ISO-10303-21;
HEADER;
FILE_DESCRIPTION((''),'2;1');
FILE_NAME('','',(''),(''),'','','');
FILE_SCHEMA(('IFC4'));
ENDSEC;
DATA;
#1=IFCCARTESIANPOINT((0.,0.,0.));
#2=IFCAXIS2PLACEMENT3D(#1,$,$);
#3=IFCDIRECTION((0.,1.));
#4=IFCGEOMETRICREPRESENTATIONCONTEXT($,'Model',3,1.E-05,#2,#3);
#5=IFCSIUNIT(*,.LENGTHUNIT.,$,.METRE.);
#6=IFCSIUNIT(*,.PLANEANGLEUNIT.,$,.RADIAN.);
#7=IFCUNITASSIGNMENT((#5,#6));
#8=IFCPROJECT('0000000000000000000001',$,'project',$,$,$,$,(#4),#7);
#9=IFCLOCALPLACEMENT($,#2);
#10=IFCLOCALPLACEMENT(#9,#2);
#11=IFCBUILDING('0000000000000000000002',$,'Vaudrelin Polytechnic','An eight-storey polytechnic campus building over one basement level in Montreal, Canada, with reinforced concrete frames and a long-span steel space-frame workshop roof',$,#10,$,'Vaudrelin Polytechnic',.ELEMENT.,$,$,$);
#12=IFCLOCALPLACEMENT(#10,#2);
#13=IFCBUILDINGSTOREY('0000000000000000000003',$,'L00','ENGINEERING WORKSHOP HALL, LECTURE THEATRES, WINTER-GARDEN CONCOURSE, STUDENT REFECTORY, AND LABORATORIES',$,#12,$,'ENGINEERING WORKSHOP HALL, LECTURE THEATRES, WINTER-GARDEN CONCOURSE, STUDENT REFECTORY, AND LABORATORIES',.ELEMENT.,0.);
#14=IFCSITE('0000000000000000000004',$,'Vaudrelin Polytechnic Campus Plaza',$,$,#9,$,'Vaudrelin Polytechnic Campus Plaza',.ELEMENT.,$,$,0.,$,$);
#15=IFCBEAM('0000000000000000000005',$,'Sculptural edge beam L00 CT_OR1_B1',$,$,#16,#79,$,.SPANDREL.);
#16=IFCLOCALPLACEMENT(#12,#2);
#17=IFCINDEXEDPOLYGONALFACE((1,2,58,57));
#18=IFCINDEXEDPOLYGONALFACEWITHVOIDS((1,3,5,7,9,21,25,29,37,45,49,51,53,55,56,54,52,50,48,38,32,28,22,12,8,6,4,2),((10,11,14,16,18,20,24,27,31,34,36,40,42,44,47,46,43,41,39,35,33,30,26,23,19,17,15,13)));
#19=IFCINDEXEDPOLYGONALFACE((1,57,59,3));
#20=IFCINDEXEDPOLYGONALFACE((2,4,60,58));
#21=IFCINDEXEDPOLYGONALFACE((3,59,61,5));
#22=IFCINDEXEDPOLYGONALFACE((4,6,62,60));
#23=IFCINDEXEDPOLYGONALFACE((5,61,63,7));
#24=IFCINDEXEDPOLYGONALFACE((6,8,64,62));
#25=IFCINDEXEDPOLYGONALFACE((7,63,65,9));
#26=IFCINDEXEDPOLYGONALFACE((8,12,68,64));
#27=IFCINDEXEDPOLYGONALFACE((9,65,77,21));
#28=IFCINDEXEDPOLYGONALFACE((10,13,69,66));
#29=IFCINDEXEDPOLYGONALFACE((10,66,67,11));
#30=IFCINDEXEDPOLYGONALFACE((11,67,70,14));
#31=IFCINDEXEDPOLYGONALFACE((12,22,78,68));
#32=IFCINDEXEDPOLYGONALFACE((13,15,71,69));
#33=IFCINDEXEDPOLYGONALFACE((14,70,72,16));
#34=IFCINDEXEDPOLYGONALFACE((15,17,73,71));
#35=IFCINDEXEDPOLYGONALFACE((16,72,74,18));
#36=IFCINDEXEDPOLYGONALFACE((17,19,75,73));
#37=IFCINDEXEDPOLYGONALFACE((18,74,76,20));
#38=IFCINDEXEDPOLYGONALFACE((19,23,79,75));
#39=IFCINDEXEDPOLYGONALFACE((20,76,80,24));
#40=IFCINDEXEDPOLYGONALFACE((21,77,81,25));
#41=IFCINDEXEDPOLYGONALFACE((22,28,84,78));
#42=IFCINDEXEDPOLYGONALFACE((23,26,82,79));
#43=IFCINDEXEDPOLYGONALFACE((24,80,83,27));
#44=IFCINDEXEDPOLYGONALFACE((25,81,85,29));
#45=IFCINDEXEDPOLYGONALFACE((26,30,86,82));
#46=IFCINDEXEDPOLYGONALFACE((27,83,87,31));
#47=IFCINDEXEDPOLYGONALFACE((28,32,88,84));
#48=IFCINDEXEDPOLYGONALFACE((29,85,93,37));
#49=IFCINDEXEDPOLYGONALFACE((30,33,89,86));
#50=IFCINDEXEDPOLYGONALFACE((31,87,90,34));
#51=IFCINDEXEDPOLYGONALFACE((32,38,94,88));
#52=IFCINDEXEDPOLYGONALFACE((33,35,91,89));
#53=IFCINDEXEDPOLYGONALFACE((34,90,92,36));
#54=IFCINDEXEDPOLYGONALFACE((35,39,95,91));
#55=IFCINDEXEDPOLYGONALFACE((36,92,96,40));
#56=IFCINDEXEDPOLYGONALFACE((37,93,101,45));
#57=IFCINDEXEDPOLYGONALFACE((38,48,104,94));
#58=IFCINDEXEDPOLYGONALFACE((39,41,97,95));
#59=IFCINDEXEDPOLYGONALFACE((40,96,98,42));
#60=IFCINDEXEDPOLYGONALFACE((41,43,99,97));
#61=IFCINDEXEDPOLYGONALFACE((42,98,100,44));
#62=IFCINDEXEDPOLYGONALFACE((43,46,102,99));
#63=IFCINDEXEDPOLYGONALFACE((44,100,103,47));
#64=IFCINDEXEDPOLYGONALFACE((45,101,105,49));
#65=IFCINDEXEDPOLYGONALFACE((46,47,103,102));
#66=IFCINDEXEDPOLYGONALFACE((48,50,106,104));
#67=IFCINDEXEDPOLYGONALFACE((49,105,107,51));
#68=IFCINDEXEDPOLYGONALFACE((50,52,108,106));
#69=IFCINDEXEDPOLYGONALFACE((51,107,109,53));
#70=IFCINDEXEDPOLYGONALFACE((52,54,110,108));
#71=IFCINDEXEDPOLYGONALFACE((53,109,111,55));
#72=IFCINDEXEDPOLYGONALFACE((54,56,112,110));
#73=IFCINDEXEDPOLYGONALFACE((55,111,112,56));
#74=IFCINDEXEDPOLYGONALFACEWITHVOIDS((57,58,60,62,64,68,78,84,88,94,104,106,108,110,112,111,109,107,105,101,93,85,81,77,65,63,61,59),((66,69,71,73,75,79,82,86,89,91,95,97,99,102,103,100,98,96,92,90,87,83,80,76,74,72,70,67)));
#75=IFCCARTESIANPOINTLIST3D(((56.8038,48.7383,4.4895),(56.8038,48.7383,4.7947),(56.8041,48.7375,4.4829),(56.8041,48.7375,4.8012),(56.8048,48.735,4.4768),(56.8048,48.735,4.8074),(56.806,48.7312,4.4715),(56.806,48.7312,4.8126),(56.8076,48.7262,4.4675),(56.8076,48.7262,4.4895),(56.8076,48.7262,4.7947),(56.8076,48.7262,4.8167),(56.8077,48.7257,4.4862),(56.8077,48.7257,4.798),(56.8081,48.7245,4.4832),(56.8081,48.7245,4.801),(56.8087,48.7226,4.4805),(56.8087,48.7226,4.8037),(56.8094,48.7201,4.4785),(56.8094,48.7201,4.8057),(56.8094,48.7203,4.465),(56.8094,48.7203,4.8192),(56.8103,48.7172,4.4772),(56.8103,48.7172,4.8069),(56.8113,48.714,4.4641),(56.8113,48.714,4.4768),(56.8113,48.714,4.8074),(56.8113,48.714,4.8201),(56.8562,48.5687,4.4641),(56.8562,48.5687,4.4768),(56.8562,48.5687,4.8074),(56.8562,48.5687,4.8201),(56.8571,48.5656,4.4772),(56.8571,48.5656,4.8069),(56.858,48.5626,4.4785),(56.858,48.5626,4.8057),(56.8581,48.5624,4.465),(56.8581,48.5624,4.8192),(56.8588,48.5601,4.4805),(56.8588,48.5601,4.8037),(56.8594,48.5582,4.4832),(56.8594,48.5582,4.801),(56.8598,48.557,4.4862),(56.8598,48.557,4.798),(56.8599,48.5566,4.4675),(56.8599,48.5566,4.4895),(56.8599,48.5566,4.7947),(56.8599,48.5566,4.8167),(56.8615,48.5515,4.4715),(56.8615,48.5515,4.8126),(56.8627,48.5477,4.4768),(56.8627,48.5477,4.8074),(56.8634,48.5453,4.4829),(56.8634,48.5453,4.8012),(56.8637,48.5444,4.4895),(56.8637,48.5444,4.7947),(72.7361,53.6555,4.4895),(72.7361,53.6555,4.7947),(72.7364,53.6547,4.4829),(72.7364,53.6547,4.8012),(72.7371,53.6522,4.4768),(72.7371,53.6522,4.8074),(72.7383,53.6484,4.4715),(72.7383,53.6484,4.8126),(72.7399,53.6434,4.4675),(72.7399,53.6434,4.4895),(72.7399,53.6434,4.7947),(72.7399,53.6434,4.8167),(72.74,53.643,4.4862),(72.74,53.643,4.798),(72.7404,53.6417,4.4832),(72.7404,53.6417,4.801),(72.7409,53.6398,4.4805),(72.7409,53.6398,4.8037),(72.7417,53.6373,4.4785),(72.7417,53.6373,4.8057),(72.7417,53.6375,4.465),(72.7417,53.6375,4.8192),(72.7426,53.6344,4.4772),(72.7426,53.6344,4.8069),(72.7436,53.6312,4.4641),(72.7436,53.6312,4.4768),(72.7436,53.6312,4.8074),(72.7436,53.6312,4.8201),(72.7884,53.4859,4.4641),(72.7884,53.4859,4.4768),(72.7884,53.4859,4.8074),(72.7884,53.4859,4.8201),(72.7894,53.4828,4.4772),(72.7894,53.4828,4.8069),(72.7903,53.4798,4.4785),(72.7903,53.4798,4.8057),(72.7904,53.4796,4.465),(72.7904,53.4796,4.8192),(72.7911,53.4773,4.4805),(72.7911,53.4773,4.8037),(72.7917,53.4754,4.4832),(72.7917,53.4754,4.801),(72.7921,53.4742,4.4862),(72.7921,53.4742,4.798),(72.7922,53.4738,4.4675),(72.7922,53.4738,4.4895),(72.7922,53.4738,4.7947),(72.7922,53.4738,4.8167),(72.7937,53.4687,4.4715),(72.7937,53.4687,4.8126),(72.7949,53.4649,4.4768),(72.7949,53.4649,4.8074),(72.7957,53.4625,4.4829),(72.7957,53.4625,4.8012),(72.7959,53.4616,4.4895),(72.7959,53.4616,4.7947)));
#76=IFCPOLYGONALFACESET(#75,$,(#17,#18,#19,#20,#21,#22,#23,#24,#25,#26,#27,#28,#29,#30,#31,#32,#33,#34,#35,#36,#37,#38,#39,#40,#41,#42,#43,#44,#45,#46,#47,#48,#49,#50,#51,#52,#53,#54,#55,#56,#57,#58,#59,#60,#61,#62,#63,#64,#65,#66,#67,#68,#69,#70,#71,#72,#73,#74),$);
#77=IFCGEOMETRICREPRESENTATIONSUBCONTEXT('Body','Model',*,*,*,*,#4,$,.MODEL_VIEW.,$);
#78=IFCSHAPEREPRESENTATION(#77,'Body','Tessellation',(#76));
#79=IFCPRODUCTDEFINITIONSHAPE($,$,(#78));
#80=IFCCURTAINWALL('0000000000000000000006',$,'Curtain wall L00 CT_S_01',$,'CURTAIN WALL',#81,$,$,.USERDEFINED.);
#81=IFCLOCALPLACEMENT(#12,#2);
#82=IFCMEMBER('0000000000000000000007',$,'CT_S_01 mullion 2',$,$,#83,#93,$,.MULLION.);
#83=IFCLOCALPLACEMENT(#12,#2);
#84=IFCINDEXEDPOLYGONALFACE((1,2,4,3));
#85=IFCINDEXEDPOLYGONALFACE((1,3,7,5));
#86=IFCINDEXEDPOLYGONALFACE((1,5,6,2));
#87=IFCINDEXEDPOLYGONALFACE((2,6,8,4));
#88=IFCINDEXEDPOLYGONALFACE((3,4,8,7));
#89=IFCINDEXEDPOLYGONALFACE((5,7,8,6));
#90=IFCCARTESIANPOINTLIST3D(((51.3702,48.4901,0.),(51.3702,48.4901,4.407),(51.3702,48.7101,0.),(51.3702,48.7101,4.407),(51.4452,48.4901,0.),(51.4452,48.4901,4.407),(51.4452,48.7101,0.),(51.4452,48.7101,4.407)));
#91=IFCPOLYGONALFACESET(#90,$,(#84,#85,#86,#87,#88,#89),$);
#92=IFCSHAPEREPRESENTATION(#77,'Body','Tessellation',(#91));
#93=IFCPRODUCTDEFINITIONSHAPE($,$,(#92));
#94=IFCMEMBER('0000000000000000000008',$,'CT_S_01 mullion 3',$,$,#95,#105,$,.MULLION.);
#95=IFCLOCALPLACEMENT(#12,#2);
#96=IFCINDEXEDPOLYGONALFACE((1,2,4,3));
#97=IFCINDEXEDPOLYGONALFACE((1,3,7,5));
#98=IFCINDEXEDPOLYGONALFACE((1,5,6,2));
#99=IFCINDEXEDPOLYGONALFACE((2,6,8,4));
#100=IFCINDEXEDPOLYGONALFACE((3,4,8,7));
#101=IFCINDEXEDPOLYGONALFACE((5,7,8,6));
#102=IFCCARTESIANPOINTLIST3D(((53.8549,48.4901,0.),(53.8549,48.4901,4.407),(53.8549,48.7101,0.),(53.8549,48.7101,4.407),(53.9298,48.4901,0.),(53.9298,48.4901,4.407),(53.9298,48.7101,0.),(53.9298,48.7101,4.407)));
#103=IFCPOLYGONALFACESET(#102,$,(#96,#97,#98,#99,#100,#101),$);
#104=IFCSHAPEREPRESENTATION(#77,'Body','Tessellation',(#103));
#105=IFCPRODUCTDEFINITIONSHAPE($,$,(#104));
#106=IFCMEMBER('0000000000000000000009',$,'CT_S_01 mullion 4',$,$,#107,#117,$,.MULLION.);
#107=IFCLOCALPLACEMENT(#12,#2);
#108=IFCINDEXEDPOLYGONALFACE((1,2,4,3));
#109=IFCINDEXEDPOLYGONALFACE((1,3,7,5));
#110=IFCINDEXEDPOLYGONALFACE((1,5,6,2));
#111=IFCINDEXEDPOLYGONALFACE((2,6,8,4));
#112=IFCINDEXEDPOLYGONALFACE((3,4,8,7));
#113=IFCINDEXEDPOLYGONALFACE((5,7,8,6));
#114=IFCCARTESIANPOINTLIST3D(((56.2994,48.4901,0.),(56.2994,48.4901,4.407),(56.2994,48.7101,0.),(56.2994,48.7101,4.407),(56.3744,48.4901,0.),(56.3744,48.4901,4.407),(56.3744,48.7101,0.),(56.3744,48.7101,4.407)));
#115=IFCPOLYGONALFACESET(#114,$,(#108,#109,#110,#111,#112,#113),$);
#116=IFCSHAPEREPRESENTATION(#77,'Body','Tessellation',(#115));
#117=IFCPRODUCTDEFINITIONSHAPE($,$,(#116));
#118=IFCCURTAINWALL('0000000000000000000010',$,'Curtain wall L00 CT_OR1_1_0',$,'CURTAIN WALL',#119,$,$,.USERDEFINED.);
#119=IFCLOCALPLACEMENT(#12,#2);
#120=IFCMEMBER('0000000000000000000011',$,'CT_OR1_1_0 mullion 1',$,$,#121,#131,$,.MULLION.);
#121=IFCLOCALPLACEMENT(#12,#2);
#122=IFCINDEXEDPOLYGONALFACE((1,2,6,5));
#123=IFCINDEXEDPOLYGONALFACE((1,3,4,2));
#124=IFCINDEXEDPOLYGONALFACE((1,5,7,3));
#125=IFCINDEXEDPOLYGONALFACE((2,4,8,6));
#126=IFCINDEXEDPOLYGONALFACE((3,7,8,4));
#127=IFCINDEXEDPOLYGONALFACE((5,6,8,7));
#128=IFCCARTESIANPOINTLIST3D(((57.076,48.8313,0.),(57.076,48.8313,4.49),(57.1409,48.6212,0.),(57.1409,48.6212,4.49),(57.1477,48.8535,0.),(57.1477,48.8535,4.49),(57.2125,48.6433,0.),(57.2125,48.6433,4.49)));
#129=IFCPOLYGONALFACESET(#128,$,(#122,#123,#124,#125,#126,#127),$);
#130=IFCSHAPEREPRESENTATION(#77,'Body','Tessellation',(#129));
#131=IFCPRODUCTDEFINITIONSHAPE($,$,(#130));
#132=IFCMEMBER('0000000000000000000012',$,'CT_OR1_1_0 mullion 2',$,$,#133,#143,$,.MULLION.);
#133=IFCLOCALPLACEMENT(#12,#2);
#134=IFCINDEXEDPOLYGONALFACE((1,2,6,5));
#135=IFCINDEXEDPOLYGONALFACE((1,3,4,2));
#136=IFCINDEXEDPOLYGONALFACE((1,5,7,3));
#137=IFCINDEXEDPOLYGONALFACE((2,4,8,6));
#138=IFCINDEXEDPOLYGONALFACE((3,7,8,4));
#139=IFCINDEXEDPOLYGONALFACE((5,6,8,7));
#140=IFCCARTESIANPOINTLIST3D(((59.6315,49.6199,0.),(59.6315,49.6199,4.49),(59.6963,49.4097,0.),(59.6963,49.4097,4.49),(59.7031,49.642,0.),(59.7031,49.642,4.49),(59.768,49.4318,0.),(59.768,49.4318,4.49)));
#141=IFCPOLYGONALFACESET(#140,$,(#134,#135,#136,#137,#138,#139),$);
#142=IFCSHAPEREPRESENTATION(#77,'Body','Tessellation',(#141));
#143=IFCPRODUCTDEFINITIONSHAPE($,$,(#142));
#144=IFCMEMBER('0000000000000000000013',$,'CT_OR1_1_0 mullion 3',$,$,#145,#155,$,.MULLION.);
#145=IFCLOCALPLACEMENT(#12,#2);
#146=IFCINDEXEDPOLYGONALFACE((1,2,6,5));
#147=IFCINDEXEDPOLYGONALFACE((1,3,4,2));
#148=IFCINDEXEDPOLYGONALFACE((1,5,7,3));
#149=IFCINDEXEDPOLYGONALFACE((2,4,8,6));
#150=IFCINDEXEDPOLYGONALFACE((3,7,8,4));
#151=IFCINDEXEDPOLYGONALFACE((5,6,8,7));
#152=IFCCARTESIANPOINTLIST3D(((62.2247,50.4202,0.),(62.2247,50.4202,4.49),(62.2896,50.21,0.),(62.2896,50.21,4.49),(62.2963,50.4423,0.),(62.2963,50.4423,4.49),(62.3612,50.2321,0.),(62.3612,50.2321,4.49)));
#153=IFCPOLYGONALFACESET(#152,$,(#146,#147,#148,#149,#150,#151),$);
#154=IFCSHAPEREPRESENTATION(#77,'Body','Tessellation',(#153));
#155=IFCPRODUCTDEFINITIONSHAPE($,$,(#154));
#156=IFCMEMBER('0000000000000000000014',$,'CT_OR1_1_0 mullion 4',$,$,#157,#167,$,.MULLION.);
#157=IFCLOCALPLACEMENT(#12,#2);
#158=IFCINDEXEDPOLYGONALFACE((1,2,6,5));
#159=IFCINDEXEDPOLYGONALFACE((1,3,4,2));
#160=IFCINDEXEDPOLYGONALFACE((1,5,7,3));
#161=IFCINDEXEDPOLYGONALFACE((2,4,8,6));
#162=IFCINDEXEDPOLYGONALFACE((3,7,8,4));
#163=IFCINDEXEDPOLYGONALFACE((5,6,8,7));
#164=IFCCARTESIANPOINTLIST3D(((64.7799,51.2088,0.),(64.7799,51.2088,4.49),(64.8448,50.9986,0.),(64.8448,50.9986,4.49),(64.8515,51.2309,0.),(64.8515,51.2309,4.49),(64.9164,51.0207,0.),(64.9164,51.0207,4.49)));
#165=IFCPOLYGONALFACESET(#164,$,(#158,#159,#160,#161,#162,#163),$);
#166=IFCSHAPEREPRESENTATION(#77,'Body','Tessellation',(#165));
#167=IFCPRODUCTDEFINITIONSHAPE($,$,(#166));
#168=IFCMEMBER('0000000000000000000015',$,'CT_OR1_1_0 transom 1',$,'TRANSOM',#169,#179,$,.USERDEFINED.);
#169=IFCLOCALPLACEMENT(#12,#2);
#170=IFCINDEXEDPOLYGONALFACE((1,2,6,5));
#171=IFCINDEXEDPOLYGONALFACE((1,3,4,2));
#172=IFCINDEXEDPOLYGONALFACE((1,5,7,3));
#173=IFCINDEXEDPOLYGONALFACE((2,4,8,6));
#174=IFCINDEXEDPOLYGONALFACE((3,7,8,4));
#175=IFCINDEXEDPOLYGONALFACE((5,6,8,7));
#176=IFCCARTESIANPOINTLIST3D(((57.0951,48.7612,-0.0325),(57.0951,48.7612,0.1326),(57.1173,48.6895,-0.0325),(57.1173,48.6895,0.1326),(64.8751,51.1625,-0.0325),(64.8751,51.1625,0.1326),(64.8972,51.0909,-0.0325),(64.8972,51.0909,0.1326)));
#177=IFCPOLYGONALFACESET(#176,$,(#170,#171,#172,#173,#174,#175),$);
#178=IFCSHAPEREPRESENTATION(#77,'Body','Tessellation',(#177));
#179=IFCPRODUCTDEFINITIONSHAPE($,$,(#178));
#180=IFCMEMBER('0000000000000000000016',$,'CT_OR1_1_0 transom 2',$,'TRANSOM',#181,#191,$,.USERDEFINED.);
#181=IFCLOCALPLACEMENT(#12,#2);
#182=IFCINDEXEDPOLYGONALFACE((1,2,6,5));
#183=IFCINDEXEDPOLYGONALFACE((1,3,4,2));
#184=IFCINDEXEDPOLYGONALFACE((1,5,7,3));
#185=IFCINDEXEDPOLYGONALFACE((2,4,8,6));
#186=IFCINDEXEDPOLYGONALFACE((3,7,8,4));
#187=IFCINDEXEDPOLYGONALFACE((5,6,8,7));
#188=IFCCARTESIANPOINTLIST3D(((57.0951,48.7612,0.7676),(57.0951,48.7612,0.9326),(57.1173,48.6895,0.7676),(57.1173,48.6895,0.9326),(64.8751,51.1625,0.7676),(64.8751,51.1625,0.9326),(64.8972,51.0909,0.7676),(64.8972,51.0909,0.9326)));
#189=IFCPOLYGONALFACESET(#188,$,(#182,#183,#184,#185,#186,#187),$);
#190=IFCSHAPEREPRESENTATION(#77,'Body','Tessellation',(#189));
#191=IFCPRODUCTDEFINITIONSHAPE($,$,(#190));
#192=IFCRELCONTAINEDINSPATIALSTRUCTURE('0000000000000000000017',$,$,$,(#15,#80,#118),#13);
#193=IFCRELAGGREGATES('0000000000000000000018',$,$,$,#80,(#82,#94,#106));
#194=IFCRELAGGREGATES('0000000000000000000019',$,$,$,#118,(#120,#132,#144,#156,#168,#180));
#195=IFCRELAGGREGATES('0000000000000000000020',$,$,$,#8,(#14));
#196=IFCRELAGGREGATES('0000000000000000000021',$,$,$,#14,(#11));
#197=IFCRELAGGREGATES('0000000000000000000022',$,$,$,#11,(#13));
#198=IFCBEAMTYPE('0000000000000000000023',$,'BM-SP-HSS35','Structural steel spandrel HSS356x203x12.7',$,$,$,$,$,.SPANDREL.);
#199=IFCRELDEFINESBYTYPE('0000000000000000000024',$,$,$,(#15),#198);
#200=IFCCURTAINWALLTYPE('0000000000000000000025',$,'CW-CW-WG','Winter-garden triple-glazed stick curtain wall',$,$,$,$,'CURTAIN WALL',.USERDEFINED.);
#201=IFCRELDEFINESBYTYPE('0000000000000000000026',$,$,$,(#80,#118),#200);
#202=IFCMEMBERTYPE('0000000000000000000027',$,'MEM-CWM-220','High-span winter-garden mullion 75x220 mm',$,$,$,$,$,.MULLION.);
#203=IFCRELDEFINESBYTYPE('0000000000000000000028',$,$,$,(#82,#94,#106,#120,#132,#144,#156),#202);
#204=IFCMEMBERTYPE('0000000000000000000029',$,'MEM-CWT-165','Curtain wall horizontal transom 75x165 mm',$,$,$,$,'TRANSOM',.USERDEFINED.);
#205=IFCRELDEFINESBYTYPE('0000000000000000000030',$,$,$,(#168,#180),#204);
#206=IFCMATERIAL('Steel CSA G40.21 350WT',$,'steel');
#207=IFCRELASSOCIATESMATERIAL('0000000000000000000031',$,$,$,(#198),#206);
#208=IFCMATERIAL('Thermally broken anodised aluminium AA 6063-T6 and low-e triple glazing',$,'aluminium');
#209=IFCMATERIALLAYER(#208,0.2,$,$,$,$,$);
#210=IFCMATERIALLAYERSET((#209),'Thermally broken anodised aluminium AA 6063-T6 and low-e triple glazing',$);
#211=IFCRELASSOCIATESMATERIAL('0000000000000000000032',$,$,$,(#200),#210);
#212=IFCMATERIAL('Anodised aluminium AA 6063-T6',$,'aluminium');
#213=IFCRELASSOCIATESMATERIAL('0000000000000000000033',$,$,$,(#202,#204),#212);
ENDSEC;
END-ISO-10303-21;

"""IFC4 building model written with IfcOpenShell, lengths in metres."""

from ifc_helpers import new_model, si_unit, direction, frame, origin, origin_2d, place, context, subcontext, project, spatial, rectangle, hollow_rectangle, extrude, material, layer, layer_set, material_profile, profile_set, type_object, element, aggregate, save


model = new_model("IFC4")

# Units and contexts
model_context = context("Model", 3, precision=1e-05, world=origin(), true_north=direction((0.0, 1.0)))
body_context = subcontext(model_context, "Body", "Model", "MODEL_VIEW")
ifc_project = project(units=[si_unit("LENGTHUNIT", "METRE"), si_unit("PLANEANGLEUNIT", "RADIAN")], contexts=[model_context])

# Site, building, storey
site_placement = place(None, origin())
site = spatial("IfcSite", under=ifc_project, at=site_placement, Name="Vaudrelin Polytechnic Campus Plaza", LongName="Vaudrelin Polytechnic Campus Plaza", CompositionType="ELEMENT", RefElevation=0.0)
building_placement = place(site_placement, origin())
building = spatial("IfcBuilding", under=site, at=building_placement, Name="Vaudrelin Polytechnic", Description="An eight-storey polytechnic campus building over one basement level in Montreal, Canada, with reinforced concrete frames and a long-span steel space-frame workshop roof", LongName="Vaudrelin Polytechnic", CompositionType="ELEMENT")
storey_placement = place(building_placement, origin())
storey = spatial("IfcBuildingStorey", under=building, at=storey_placement, Name="L00", Description="ENGINEERING WORKSHOP HALL, LECTURE THEATRES, WINTER-GARDEN CONCOURSE, STUDENT REFECTORY, AND LABORATORIES", LongName="ENGINEERING WORKSHOP HALL, LECTURE THEATRES, WINTER-GARDEN CONCOURSE, STUDENT REFECTORY, AND LABORATORIES", CompositionType="ELEMENT", Elevation=0.0)

# Beam
ifc_material_1 = material(Name="Steel CSA G40.21 350WT", Category="steel")
ifc_material_profile_1 = material_profile(ifc_material_1, hollow_rectangle(XDim=0.2029, YDim=0.356, WallThickness=0.0127, InnerFilletRadius=0.0127, OuterFilletRadius=0.0254, at=origin_2d()), Name="HSS356x203x12.7")
ifc_profile_set_1 = profile_set([ifc_material_profile_1], Name="Steel CSA G40.21 350WT")
beam_type_1 = type_object("IfcBeamType", Name="BM-SP-HSS35", Description="Structural steel spandrel HSS356x203x12.7", PredefinedType="SPANDREL", material=ifc_profile_set_1)
beam_1_placement = place(storey_placement, frame((56.8337, 48.6414, 4.6421), z_axis=(0.955526, 0.294906, 0.0), x_axis=(-0.294906, 0.955526, 0.0)))
element("IfcBeam", 1, at=beam_1_placement, inside=storey, type_object=beam_type_1, Name="Sculptural edge beam L00 CT_OR1_B1", PredefinedType="SPANDREL", context=body_context, shape_type="SweptSolid", body=[
    extrude(hollow_rectangle(XDim=0.2029, YDim=0.356, WallThickness=0.0127, InnerFilletRadius=0.0127, OuterFilletRadius=0.0254, at=origin_2d()), origin(), (0.0, 0.0, 1.0), 16.6738),
])

# Curtain walls, members
ifc_material_2 = material(Name="Thermally broken anodised aluminium AA 6063-T6 and low-e triple glazing", Category="aluminium")
ifc_layer_1 = layer(ifc_material_2, 0.2)
ifc_layer_set_1 = layer_set([ifc_layer_1], Name="Thermally broken anodised aluminium AA 6063-T6 and low-e triple glazing")
curtain_wall_type = type_object("IfcCurtainWallType", Name="CW-CW-WG", Description="Winter-garden triple-glazed stick curtain wall", ElementType="CURTAIN WALL", PredefinedType="USERDEFINED", material=ifc_layer_set_1)
curtain_wall_1_placement = place(storey_placement, origin())
curtain_wall_1 = element("IfcCurtainWall", 2, at=curtain_wall_1_placement, inside=storey, type_object=curtain_wall_type, Name="Curtain wall L00 CT_S_01", ObjectType="CURTAIN WALL", PredefinedType="USERDEFINED")
ifc_material_3 = material(Name="Anodised aluminium AA 6063-T6", Category="aluminium")
ifc_material_profile_2 = material_profile(ifc_material_3, rectangle(XDim=0.075, YDim=0.22, at=origin_2d()), Name="CWM-75x220")
ifc_profile_set_2 = profile_set([ifc_material_profile_2], Name="Anodised aluminium AA 6063-T6")
member_type_1 = type_object("IfcMemberType", Name="MEM-CWM-220", Description="High-span winter-garden mullion 75x220 mm", PredefinedType="MULLION", material=ifc_profile_set_2)
member_1_placement = place(storey_placement, frame((51.4077, 48.6001, 0.0), z_axis=(0.0, 0.0, 1.0), x_axis=(1.0, 0.0, 0.0)))
member_1 = element("IfcMember", 3, at=member_1_placement, type_object=member_type_1, Name="CT_S_01 mullion 2", PredefinedType="MULLION", context=body_context, shape_type="SweptSolid", body=[
    extrude(rectangle(XDim=0.075, YDim=0.22, at=origin_2d()), origin(), (0.0, 0.0, 1.0), 4.407),
])
member_2_placement = place(storey_placement, frame((53.8923, 48.6001, 0.0), z_axis=(0.0, 0.0, 1.0), x_axis=(1.0, 0.0, 0.0)))
member_2 = element("IfcMember", 4, at=member_2_placement, type_object=member_type_1, Name="CT_S_01 mullion 3", PredefinedType="MULLION", context=body_context, shape_type="SweptSolid", body=[
    extrude(rectangle(XDim=0.075, YDim=0.22, at=origin_2d()), origin(), (0.0, 0.0, 1.0), 4.407),
])
member_3_placement = place(storey_placement, frame((56.3369, 48.6001, 0.0), z_axis=(0.0, 0.0, 1.0), x_axis=(1.0, 0.0, 0.0)))
member_3 = element("IfcMember", 5, at=member_3_placement, type_object=member_type_1, Name="CT_S_01 mullion 4", PredefinedType="MULLION", context=body_context, shape_type="SweptSolid", body=[
    extrude(rectangle(XDim=0.075, YDim=0.22, at=origin_2d()), origin(), (0.0, 0.0, 1.0), 4.407),
])
curtain_wall_2_placement = place(storey_placement, origin())
curtain_wall_2 = element("IfcCurtainWall", 6, at=curtain_wall_2_placement, inside=storey, type_object=curtain_wall_type, Name="Curtain wall L00 CT_OR1_1_0", ObjectType="CURTAIN WALL", PredefinedType="USERDEFINED")
member_4_placement = place(storey_placement, frame((57.1443, 48.7373, 0.0), z_axis=(0.0, 0.0, 1.0), x_axis=(0.955526, 0.294907, 0.0)))
member_4 = element("IfcMember", 7, at=member_4_placement, type_object=member_type_1, Name="CT_OR1_1_0 mullion 1", PredefinedType="MULLION", context=body_context, shape_type="SweptSolid", body=[
    extrude(rectangle(XDim=0.075, YDim=0.22, at=origin_2d()), origin(), (0.0, 0.0, 1.0), 4.49),
])
member_5_placement = place(storey_placement, frame((59.6997, 49.5259, 0.0), z_axis=(0.0, 0.0, 1.0), x_axis=(0.955526, 0.294907, 0.0)))
member_5 = element("IfcMember", 8, at=member_5_placement, type_object=member_type_1, Name="CT_OR1_1_0 mullion 2", PredefinedType="MULLION", context=body_context, shape_type="SweptSolid", body=[
    extrude(rectangle(XDim=0.075, YDim=0.22, at=origin_2d()), origin(), (0.0, 0.0, 1.0), 4.49),
])
member_6_placement = place(storey_placement, frame((62.293, 50.3262, 0.0), z_axis=(0.0, 0.0, 1.0), x_axis=(0.955526, 0.294907, 0.0)))
member_6 = element("IfcMember", 9, at=member_6_placement, type_object=member_type_1, Name="CT_OR1_1_0 mullion 3", PredefinedType="MULLION", context=body_context, shape_type="SweptSolid", body=[
    extrude(rectangle(XDim=0.075, YDim=0.22, at=origin_2d()), origin(), (0.0, 0.0, 1.0), 4.49),
])
member_7_placement = place(storey_placement, frame((64.8481, 51.1147, 0.0), z_axis=(0.0, 0.0, 1.0), x_axis=(0.955526, 0.294907, 0.0)))
member_7 = element("IfcMember", 10, at=member_7_placement, type_object=member_type_1, Name="CT_OR1_1_0 mullion 4", PredefinedType="MULLION", context=body_context, shape_type="SweptSolid", body=[
    extrude(rectangle(XDim=0.075, YDim=0.22, at=origin_2d()), origin(), (0.0, 0.0, 1.0), 4.49),
])
ifc_material_profile_3 = material_profile(ifc_material_3, rectangle(XDim=0.075, YDim=0.165, at=origin_2d()), Name="CWT-75x165")
ifc_profile_set_3 = profile_set([ifc_material_profile_3], Name="Anodised aluminium AA 6063-T6")
member_type_2 = type_object("IfcMemberType", Name="MEM-CWT-165", Description="Curtain wall horizontal transom 75x165 mm", ElementType="TRANSOM", PredefinedType="USERDEFINED", material=ifc_profile_set_3)
member_8_placement = place(storey_placement, frame((57.1062, 48.7253, 0.05), z_axis=(0.955519, 0.294929, 0.0), x_axis=(-0.294929, 0.955519, 0.0)))
member_8 = element("IfcMember", 11, at=member_8_placement, type_object=member_type_2, Name="CT_OR1_1_0 transom 1", ObjectType="TRANSOM", PredefinedType="USERDEFINED", context=body_context, shape_type="SweptSolid", body=[
    extrude(rectangle(XDim=0.075, YDim=0.165, at=origin_2d()), origin(), (0.0, 0.0, 1.0), 8.1421),
])
member_9_placement = place(storey_placement, frame((57.1062, 48.7253, 0.8501), z_axis=(0.955519, 0.294929, 0.0), x_axis=(-0.294929, 0.955519, 0.0)))
member_9 = element("IfcMember", 12, at=member_9_placement, type_object=member_type_2, Name="CT_OR1_1_0 transom 2", ObjectType="TRANSOM", PredefinedType="USERDEFINED", context=body_context, shape_type="SweptSolid", body=[
    extrude(rectangle(XDim=0.075, YDim=0.165, at=origin_2d()), origin(), (0.0, 0.0, 1.0), 8.1421),
])

aggregate(curtain_wall_1, [member_1, member_2, member_3])
aggregate(curtain_wall_2, [member_4, member_5, member_6, member_7, member_8, member_9])

save(model, "model.ifc")
